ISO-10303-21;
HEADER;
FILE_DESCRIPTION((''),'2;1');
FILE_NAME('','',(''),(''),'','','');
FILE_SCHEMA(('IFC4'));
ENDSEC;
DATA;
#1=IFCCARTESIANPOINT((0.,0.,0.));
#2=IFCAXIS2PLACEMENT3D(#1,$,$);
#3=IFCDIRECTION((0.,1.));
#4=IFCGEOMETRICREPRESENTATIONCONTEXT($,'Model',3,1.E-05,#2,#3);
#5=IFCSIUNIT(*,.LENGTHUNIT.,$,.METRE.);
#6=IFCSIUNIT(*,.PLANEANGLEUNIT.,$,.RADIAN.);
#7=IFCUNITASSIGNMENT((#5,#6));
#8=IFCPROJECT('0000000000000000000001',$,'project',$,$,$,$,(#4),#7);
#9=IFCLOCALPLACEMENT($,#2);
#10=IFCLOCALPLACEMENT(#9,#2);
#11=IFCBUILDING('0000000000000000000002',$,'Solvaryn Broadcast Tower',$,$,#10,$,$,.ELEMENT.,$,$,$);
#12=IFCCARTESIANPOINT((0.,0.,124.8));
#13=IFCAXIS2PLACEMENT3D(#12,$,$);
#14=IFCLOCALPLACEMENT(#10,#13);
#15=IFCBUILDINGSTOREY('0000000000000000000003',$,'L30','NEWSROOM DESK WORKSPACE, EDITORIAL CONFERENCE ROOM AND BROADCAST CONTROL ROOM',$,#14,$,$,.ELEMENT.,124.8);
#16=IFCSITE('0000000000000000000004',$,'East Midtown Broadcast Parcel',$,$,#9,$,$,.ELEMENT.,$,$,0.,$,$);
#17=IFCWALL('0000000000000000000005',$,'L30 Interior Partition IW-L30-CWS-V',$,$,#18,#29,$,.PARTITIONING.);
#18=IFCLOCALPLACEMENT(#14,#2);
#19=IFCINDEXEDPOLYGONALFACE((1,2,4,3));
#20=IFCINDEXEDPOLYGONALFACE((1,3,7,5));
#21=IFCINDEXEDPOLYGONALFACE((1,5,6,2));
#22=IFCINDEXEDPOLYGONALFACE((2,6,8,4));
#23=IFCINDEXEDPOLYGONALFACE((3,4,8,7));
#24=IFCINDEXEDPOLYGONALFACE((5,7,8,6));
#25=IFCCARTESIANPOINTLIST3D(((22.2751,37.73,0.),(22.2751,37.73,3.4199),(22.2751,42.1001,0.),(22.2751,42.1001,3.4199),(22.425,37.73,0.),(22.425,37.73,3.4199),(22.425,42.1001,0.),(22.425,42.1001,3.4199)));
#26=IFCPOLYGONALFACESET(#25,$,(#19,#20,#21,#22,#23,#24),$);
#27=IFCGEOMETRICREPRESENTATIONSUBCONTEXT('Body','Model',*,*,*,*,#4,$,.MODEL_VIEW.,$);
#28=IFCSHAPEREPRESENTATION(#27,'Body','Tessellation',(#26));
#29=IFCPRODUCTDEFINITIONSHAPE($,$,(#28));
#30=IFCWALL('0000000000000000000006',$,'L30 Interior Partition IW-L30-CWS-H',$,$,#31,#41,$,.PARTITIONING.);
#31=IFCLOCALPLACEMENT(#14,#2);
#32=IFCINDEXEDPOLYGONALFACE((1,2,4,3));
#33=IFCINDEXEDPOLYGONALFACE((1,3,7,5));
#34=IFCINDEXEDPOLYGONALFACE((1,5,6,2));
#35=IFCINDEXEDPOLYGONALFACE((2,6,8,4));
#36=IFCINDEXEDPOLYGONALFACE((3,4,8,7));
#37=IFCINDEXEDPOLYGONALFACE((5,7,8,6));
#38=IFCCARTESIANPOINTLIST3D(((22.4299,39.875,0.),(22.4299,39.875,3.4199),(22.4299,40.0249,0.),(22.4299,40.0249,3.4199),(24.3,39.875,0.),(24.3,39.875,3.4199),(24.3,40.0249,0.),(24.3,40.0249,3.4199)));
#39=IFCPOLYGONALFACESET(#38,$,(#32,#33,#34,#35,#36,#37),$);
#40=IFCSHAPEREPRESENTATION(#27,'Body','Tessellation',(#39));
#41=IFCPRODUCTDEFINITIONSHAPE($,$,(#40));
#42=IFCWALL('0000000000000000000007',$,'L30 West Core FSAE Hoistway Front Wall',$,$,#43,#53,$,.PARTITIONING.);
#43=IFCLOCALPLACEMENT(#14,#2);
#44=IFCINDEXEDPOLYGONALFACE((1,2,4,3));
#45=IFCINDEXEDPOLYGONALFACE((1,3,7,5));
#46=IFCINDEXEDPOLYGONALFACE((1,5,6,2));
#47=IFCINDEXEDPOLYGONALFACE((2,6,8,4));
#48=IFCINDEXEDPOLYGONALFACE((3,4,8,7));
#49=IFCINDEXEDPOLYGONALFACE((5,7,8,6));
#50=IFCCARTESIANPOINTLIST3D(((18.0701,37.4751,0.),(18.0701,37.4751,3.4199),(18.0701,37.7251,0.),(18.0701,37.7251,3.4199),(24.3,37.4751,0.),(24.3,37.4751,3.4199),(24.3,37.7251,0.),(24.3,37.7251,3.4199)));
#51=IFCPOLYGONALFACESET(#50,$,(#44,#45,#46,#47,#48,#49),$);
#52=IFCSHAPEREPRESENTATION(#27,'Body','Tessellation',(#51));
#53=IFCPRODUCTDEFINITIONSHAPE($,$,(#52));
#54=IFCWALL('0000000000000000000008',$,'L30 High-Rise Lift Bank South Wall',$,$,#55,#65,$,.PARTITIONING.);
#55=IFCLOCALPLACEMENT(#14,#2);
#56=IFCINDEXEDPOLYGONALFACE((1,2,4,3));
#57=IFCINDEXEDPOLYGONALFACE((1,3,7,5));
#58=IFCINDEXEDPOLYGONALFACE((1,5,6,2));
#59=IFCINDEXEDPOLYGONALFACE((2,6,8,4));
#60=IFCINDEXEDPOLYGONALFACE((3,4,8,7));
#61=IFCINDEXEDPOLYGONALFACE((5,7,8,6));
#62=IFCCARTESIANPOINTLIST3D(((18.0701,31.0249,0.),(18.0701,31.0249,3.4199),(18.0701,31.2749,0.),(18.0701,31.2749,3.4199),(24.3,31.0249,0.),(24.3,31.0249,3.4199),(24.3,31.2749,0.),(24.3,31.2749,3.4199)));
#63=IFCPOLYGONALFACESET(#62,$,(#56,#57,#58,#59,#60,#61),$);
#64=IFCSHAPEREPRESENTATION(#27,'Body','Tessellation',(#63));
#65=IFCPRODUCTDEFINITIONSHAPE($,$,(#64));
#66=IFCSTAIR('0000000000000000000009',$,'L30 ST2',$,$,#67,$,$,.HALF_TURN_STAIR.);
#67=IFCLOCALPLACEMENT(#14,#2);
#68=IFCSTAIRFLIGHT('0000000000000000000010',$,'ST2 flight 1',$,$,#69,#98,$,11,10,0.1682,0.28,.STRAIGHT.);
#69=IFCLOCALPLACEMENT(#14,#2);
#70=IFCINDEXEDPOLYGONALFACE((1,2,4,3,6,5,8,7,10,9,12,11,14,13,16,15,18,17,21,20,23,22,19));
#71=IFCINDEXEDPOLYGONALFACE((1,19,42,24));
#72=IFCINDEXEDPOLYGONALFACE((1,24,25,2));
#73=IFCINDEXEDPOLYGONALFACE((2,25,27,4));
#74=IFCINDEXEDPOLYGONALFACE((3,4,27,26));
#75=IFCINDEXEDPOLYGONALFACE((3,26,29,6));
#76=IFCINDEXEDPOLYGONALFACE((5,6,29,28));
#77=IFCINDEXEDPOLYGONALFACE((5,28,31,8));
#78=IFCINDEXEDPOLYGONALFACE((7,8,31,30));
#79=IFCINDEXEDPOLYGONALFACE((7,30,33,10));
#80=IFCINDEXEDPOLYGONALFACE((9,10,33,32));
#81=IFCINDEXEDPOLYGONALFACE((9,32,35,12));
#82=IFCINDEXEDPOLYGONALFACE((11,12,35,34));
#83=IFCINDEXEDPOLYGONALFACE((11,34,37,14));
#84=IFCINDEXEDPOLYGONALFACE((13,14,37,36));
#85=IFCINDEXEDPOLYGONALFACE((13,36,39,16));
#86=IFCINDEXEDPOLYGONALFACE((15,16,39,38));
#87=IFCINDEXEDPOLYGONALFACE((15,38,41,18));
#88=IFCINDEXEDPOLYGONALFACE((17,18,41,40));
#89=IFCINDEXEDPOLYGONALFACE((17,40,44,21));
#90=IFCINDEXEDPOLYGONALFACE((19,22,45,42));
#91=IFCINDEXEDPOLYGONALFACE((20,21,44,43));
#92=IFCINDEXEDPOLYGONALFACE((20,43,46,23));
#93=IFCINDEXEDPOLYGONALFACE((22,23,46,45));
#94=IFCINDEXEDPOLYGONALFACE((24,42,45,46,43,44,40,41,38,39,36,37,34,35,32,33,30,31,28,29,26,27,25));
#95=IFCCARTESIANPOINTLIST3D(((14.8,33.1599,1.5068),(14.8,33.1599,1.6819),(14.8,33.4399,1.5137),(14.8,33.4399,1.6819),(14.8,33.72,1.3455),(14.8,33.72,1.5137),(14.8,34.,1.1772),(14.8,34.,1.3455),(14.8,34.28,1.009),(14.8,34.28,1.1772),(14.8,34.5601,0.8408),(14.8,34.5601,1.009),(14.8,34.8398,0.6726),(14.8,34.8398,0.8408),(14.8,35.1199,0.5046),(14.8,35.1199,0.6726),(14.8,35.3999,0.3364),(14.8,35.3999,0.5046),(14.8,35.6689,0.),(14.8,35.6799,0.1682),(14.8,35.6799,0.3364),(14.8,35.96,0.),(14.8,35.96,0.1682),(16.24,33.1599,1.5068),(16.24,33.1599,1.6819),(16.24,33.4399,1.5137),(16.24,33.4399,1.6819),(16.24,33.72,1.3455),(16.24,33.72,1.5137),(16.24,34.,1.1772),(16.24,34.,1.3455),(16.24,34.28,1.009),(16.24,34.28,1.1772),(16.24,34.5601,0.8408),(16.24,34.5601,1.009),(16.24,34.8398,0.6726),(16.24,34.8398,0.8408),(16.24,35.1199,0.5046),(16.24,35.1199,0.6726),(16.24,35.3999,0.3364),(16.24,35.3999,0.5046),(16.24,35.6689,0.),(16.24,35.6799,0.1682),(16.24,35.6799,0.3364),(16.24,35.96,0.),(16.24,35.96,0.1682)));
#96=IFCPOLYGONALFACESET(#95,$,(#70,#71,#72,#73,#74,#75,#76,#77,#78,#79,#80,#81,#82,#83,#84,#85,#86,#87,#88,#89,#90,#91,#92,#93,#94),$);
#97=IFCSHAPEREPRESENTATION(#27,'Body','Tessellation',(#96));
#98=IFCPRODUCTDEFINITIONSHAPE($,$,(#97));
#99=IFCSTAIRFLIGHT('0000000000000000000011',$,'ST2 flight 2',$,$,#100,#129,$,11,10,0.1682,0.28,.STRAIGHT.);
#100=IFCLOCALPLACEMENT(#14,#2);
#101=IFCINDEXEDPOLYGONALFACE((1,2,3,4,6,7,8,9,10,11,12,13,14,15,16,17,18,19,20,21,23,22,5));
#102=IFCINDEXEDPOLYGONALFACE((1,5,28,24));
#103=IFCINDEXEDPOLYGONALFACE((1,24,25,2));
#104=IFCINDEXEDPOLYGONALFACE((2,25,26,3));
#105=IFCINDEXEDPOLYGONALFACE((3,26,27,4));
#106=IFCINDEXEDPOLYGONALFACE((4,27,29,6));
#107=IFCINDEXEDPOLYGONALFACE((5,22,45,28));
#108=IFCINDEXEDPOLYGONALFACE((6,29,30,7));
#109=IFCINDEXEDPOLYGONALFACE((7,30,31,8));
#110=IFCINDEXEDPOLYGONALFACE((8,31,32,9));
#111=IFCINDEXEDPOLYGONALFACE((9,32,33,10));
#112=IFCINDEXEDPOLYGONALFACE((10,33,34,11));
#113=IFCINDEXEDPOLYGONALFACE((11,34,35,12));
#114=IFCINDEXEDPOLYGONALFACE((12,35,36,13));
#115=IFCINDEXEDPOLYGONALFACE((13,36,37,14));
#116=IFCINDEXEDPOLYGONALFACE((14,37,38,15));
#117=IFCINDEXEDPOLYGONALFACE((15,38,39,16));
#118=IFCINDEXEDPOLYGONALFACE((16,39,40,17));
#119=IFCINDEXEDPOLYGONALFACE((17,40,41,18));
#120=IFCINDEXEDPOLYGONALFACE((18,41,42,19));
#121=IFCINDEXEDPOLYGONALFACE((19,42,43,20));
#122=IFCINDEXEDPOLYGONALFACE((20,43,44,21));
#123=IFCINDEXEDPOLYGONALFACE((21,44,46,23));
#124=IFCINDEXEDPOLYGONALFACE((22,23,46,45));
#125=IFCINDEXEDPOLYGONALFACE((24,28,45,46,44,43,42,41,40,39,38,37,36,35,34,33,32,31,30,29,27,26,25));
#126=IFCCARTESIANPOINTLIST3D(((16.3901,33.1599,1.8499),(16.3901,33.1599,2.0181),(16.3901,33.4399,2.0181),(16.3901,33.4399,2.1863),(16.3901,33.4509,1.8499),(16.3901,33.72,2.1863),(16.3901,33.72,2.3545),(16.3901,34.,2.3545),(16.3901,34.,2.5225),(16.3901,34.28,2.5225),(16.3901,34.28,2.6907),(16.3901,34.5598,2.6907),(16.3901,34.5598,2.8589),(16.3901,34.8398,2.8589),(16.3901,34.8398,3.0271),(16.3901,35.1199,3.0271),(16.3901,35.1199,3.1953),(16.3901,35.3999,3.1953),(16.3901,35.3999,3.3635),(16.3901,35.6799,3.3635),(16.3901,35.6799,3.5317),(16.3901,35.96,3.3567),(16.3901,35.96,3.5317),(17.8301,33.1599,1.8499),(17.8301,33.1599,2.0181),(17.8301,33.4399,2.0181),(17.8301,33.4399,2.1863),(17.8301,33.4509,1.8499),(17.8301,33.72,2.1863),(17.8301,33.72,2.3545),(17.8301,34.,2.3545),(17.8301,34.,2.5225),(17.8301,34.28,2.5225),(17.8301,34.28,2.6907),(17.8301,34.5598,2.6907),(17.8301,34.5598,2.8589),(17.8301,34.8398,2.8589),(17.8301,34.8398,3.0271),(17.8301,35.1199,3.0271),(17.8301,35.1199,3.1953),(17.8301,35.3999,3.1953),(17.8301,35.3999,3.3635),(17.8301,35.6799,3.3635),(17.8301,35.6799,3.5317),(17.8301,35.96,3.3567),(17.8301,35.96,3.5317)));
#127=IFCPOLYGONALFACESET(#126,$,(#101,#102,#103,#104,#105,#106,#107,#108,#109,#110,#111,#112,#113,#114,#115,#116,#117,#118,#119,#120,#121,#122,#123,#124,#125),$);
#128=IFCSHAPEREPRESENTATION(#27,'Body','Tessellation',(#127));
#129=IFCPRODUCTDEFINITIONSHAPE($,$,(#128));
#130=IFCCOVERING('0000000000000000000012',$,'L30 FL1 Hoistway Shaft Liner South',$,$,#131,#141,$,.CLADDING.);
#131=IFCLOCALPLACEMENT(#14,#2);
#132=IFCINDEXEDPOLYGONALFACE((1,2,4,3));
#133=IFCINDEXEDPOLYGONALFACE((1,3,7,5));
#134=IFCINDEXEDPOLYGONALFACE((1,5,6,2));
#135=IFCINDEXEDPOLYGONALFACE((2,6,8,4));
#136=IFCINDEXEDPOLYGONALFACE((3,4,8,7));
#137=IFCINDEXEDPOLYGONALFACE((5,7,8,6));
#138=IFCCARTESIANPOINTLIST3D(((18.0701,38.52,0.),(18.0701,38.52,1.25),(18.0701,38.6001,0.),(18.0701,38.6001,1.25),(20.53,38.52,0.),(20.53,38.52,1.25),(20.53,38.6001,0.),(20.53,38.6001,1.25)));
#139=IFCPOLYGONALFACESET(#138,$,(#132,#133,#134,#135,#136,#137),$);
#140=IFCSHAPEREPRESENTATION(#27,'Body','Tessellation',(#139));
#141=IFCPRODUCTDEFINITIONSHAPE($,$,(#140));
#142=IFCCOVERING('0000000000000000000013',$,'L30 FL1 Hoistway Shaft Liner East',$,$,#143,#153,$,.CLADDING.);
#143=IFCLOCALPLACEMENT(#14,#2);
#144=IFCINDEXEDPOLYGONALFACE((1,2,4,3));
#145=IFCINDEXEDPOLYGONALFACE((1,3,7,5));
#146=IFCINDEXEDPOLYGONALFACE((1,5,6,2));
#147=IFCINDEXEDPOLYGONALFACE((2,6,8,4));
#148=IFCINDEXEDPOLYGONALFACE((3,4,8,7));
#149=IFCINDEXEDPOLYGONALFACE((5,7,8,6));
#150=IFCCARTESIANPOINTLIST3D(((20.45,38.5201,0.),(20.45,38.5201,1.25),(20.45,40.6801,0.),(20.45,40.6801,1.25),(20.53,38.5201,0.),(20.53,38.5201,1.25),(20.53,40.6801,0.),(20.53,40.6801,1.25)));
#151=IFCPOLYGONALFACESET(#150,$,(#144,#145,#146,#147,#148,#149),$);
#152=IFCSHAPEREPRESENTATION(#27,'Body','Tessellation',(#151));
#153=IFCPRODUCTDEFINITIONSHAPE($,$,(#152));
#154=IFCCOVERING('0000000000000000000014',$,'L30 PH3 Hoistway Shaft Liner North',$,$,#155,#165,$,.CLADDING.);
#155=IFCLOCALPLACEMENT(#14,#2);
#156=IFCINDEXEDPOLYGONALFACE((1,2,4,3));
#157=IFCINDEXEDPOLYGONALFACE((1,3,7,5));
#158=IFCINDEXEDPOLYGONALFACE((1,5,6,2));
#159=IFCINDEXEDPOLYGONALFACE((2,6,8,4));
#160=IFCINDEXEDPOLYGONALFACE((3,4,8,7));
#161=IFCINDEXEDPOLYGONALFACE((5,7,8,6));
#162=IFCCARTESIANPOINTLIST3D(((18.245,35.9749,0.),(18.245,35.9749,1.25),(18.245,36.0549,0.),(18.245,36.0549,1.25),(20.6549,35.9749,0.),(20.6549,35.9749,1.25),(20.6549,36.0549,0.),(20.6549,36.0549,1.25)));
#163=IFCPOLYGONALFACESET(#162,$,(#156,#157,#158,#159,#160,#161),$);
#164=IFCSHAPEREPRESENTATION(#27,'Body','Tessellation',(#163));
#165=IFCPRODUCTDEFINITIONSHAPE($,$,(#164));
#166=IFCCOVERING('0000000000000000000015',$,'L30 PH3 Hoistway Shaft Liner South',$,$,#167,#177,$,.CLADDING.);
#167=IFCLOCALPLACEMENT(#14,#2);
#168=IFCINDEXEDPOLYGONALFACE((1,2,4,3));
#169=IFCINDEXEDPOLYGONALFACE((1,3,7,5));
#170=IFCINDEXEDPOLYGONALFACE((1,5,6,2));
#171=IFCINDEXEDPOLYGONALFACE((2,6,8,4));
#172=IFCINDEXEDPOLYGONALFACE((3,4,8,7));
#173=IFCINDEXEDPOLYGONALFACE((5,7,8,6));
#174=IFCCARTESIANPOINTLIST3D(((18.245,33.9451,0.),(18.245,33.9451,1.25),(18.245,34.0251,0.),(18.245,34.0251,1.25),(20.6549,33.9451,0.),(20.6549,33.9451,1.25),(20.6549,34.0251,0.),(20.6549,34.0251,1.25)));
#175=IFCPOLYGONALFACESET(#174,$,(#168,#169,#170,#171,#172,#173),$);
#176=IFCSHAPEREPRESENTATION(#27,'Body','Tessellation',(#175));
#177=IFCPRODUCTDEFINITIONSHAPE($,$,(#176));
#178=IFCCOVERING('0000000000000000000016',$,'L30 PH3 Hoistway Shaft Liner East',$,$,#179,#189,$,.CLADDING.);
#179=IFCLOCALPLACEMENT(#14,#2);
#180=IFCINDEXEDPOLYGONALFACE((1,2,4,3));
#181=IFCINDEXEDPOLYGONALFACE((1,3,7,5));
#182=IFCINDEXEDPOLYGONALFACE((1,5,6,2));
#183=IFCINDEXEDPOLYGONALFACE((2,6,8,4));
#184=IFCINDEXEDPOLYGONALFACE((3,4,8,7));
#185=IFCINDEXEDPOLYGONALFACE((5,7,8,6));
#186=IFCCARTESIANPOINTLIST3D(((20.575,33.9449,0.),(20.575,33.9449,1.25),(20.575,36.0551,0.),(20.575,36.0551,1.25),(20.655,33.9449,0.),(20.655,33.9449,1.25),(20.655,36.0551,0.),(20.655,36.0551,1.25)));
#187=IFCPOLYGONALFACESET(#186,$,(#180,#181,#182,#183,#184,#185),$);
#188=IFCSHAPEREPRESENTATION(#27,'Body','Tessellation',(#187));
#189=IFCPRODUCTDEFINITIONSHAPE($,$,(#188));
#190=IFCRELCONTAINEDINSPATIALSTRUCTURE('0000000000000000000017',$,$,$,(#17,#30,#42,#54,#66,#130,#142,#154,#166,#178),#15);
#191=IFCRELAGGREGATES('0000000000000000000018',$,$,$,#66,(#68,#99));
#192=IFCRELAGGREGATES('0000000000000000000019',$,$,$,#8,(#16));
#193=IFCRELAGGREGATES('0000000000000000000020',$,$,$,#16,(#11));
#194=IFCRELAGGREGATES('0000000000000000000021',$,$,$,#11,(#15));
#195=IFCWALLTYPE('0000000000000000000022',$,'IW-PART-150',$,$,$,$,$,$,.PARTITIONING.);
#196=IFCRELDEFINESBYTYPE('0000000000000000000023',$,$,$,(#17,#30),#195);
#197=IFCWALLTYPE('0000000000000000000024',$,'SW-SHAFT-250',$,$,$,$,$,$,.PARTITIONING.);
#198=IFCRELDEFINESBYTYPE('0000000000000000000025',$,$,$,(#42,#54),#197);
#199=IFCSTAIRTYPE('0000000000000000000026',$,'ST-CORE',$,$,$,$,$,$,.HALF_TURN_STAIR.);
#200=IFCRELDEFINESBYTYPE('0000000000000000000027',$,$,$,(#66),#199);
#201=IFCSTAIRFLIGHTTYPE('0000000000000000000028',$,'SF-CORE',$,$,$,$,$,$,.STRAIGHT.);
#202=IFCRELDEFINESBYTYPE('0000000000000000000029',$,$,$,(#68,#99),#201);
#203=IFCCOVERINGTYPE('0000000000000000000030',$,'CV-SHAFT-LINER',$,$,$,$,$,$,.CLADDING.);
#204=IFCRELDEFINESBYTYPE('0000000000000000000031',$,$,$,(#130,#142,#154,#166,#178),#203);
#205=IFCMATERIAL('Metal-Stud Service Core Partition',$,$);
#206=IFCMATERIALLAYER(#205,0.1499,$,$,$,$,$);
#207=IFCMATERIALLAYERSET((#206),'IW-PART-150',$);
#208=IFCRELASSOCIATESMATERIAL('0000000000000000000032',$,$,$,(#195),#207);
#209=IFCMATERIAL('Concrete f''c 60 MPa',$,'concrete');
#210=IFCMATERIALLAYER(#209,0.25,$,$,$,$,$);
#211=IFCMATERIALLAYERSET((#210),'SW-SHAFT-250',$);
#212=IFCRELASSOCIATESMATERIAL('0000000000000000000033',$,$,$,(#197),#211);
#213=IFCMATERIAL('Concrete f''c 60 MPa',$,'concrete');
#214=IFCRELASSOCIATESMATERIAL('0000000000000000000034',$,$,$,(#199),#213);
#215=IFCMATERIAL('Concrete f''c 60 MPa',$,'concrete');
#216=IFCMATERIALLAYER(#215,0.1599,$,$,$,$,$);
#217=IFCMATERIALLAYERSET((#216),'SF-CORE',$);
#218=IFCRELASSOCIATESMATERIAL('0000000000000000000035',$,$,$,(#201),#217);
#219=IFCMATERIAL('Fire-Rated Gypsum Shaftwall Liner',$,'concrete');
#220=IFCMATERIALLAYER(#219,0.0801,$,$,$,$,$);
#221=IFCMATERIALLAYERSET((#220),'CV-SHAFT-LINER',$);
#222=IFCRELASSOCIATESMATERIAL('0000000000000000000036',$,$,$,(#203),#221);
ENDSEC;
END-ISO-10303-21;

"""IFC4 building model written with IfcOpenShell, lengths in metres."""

from ifc_helpers import new_model, si_unit, direction, frame, frame_2d, origin, origin_2d, place, context, subcontext, project, spatial, polyline, rectangle, outline, extrude, material, layer, layer_set, type_object, element, aggregate, save


model = new_model("IFC4")

# Units and contexts
model_context = context("Model", 3, precision=1e-05, world=origin(), true_north=direction((0.0, 1.0)))
body_context = subcontext(model_context, "Body", "Model", "MODEL_VIEW")
ifc_project = project(units=[si_unit("LENGTHUNIT", "METRE"), si_unit("PLANEANGLEUNIT", "RADIAN")], contexts=[model_context])

# Site, building, storey
site_placement = place(None, origin())
site = spatial("IfcSite", under=ifc_project, at=site_placement, Name="East Midtown Broadcast Parcel", CompositionType="ELEMENT", RefElevation=0.0)
building_placement = place(site_placement, origin())
building = spatial("IfcBuilding", under=site, at=building_placement, Name="Solvaryn Broadcast Tower", CompositionType="ELEMENT")
storey_placement = place(building_placement, frame((0.0, 0.0, 124.8)))
storey = spatial("IfcBuildingStorey", under=building, at=storey_placement, Name="L30", Description="NEWSROOM DESK WORKSPACE, EDITORIAL CONFERENCE ROOM AND BROADCAST CONTROL ROOM", CompositionType="ELEMENT", Elevation=124.8)

# Walls
ifc_material_1 = material(Name="Metal-Stud Service Core Partition")
ifc_layer_1 = layer(ifc_material_1, 0.1499)
ifc_layer_set_1 = layer_set([ifc_layer_1], Name="IW-PART-150")
wall_type_1 = type_object("IfcWallType", Name="IW-PART-150", PredefinedType="PARTITIONING", material=ifc_layer_set_1)
wall_1_placement = place(storey_placement, frame((22.3501, 37.73, 0.0), z_axis=(0.0, 0.0, 1.0), x_axis=(0.0, 1.0, 0.0)))
element("IfcWall", 1, at=wall_1_placement, inside=storey, type_object=wall_type_1, Name="L30 Interior Partition IW-L30-CWS-V", PredefinedType="PARTITIONING", context=body_context, shape_type="SweptSolid", body=[
    extrude(rectangle(XDim=4.3701, YDim=0.1499, at=frame_2d((2.1851, 0.0))), origin(), (0.0, 0.0, 1.0), 3.4199),
])
wall_2_placement = place(storey_placement, frame((22.4299, 39.95, 0.0), z_axis=(0.0, 0.0, 1.0), x_axis=(1.0, 0.0, 0.0)))
element("IfcWall", 2, at=wall_2_placement, inside=storey, type_object=wall_type_1, Name="L30 Interior Partition IW-L30-CWS-H", PredefinedType="PARTITIONING", context=body_context, shape_type="SweptSolid", body=[
    extrude(rectangle(XDim=1.8701, YDim=0.1499, at=frame_2d((0.9351, 0.0))), origin(), (0.0, 0.0, 1.0), 3.4199),
])
ifc_material_2 = material(Name="Concrete f'c 60 MPa", Category="concrete")
ifc_layer_2 = layer(ifc_material_2, 0.25)
ifc_layer_set_2 = layer_set([ifc_layer_2], Name="SW-SHAFT-250")
wall_type_2 = type_object("IfcWallType", Name="SW-SHAFT-250", PredefinedType="PARTITIONING", material=ifc_layer_set_2)
for number, where, z_axis, x_axis, name in (
    (3, (18.0701, 37.6001, 0.0), (0.0, 0.0, 1.0), (1.0, 0.0, 0.0), "L30 West Core FSAE Hoistway Front Wall"),
    (4, (18.0701, 31.1499, 0.0), (0.0, 0.0, 1.0), (1.0, 0.0, 0.0), "L30 High-Rise Lift Bank South Wall"),
):
    element("IfcWall", number, at=place(storey_placement, frame(where, z_axis=z_axis, x_axis=x_axis)), inside=storey, type_object=wall_type_2, Name=name, PredefinedType="PARTITIONING", context=body_context, shape_type="SweptSolid", body=[
        extrude(rectangle(XDim=6.23, YDim=0.25, at=frame_2d((3.115, 0.0))), origin(), (0.0, 0.0, 1.0), 3.4199),
    ])

# Stair, stair flights
ifc_material_3 = material(Name="Concrete f'c 60 MPa", Category="concrete")
stair_type = type_object("IfcStairType", Name="ST-CORE", PredefinedType="HALF_TURN_STAIR", material=ifc_material_3)
stair_placement = place(storey_placement, origin())
stair = element("IfcStair", 5, at=stair_placement, inside=storey, type_object=stair_type, Name="L30 ST2", PredefinedType="HALF_TURN_STAIR")
ifc_material_4 = material(Name="Concrete f'c 60 MPa", Category="concrete")
ifc_layer_3 = layer(ifc_material_4, 0.1599)
ifc_layer_set_3 = layer_set([ifc_layer_3], Name="SF-CORE")
stair_flight_type = type_object("IfcStairFlightType", Name="SF-CORE", PredefinedType="STRAIGHT", material=ifc_layer_set_3)
stair_flight_1_placement = place(storey_placement, frame((15.52, 35.96, 0.0), z_axis=(0.0, 0.0, 1.0), x_axis=(0.0, -1.0, 0.0)))
stair_flight_1 = element("IfcStairFlight", 6, at=stair_flight_1_placement, type_object=stair_flight_type, Name="ST2 flight 1", NumberOfRisers=11, NumberOfTreads=10, PredefinedType="STRAIGHT", RiserHeight=0.1682, TreadLength=0.28, context=body_context, shape_type="SweptSolid", body=[
    extrude(outline(polyline([(0.0, 0.0), (0.0, 0.1682), (0.28, 0.1682), (0.28, 0.3364), (0.5601, 0.3364), (0.5601, 0.5046), (0.8401, 0.5046), (0.8401, 0.6726), (1.1201, 0.6726), (1.1201, 0.8408), (1.3999, 0.8408), (1.3999, 1.009), (1.6799, 1.009), (1.6799, 1.1772), (1.96, 1.1772), (1.96, 1.3455), (2.24, 1.3455), (2.24, 1.5137), (2.52, 1.5137), (2.52, 1.6819), (2.8, 1.6819), (2.8, 1.8501), (2.8, 1.5068), (0.291, 0.0), (0.0, 0.0)])), frame((0.0, 0.72, 0.0), z_axis=(0.0, -1.0, 0.0), x_axis=(1.0, 0.0, 0.0)), (0.0, 0.0, 1.0), 1.4399),
])
stair_flight_2_placement = place(storey_placement, frame((17.1101, 33.1599, 1.8499), z_axis=(0.0, 0.0, 1.0), x_axis=(0.0, 1.0, 0.0)))
stair_flight_2 = element("IfcStairFlight", 7, at=stair_flight_2_placement, type_object=stair_flight_type, Name="ST2 flight 2", NumberOfRisers=11, NumberOfTreads=10, PredefinedType="STRAIGHT", RiserHeight=0.1682, TreadLength=0.28, context=body_context, shape_type="SweptSolid", body=[
    extrude(outline(polyline([(0.0, 0.0), (0.0, 0.1682), (0.28, 0.1682), (0.28, 0.3364), (0.5601, 0.3364), (0.5601, 0.5046), (0.8401, 0.5046), (0.8401, 0.6726), (1.1201, 0.6726), (1.1201, 0.8408), (1.3999, 0.8408), (1.3999, 1.009), (1.6799, 1.009), (1.6799, 1.1772), (1.96, 1.1772), (1.96, 1.3455), (2.24, 1.3455), (2.24, 1.5137), (2.52, 1.5137), (2.52, 1.6819), (2.8, 1.6819), (2.8, 1.8501), (2.8, 1.5068), (0.291, 0.0), (0.0, 0.0)])), frame((0.0, 0.72, 0.0), z_axis=(0.0, -1.0, 0.0), x_axis=(1.0, 0.0, 0.0)), (0.0, 0.0, 1.0), 1.4399),
])
aggregate(stair, [stair_flight_1, stair_flight_2])

# Coverings
ifc_material_5 = material(Name="Fire-Rated Gypsum Shaftwall Liner", Category="concrete")
ifc_layer_4 = layer(ifc_material_5, 0.0801)
ifc_layer_set_4 = layer_set([ifc_layer_4], Name="CV-SHAFT-LINER")
covering_type = type_object("IfcCoveringType", Name="CV-SHAFT-LINER", PredefinedType="CLADDING", material=ifc_layer_set_4)
covering_1_placement = place(storey_placement, frame((19.3, 38.5601, 0.0), z_axis=(0.0, 0.0, 1.0), x_axis=(1.0, 0.0, 0.0)))
element("IfcCovering", 8, at=covering_1_placement, inside=storey, type_object=covering_type, Name="L30 FL1 Hoistway Shaft Liner South", PredefinedType="CLADDING", context=body_context, shape_type="SweptSolid", body=[
    extrude(rectangle(XDim=2.46, YDim=0.0801, at=origin_2d()), origin(), (0.0, 0.0, 1.0), 1.25),
])
covering_2_placement = place(storey_placement, frame((20.49, 39.6001, 0.0), z_axis=(0.0, 0.0, 1.0), x_axis=(1.0, 0.0, 0.0)))
element("IfcCovering", 9, at=covering_2_placement, inside=storey, type_object=covering_type, Name="L30 FL1 Hoistway Shaft Liner East", PredefinedType="CLADDING", context=body_context, shape_type="SweptSolid", body=[
    extrude(rectangle(XDim=0.0801, YDim=2.1599, at=origin_2d()), origin(), (0.0, 0.0, 1.0), 1.25),
])
for number, where, z_axis, x_axis, name in (
    (10, (19.45, 36.0149, 0.0), (0.0, 0.0, 1.0), (1.0, 0.0, 0.0), "L30 PH3 Hoistway Shaft Liner North"),
    (11, (19.45, 33.9851, 0.0), (0.0, 0.0, 1.0), (1.0, 0.0, 0.0), "L30 PH3 Hoistway Shaft Liner South"),
):
    element("IfcCovering", number, at=place(storey_placement, frame(where, z_axis=z_axis, x_axis=x_axis)), inside=storey, type_object=covering_type, Name=name, PredefinedType="CLADDING", context=body_context, shape_type="SweptSolid", body=[
        extrude(rectangle(XDim=2.4099, YDim=0.0801, at=origin_2d()), origin(), (0.0, 0.0, 1.0), 1.25),
    ])
for number, where, z_axis, x_axis, name in (
    (12, (20.615, 35.0, 0.0), (0.0, 0.0, 1.0), (1.0, 0.0, 0.0), "L30 PH3 Hoistway Shaft Liner East"),
):
    element("IfcCovering", number, at=place(storey_placement, frame(where, z_axis=z_axis, x_axis=x_axis)), inside=storey, type_object=covering_type, Name=name, PredefinedType="CLADDING", context=body_context, shape_type="SweptSolid", body=[
        extrude(rectangle(XDim=0.0801, YDim=2.1101, at=origin_2d()), origin(), (0.0, 0.0, 1.0), 1.25),
    ])

save(model, "model.ifc")
